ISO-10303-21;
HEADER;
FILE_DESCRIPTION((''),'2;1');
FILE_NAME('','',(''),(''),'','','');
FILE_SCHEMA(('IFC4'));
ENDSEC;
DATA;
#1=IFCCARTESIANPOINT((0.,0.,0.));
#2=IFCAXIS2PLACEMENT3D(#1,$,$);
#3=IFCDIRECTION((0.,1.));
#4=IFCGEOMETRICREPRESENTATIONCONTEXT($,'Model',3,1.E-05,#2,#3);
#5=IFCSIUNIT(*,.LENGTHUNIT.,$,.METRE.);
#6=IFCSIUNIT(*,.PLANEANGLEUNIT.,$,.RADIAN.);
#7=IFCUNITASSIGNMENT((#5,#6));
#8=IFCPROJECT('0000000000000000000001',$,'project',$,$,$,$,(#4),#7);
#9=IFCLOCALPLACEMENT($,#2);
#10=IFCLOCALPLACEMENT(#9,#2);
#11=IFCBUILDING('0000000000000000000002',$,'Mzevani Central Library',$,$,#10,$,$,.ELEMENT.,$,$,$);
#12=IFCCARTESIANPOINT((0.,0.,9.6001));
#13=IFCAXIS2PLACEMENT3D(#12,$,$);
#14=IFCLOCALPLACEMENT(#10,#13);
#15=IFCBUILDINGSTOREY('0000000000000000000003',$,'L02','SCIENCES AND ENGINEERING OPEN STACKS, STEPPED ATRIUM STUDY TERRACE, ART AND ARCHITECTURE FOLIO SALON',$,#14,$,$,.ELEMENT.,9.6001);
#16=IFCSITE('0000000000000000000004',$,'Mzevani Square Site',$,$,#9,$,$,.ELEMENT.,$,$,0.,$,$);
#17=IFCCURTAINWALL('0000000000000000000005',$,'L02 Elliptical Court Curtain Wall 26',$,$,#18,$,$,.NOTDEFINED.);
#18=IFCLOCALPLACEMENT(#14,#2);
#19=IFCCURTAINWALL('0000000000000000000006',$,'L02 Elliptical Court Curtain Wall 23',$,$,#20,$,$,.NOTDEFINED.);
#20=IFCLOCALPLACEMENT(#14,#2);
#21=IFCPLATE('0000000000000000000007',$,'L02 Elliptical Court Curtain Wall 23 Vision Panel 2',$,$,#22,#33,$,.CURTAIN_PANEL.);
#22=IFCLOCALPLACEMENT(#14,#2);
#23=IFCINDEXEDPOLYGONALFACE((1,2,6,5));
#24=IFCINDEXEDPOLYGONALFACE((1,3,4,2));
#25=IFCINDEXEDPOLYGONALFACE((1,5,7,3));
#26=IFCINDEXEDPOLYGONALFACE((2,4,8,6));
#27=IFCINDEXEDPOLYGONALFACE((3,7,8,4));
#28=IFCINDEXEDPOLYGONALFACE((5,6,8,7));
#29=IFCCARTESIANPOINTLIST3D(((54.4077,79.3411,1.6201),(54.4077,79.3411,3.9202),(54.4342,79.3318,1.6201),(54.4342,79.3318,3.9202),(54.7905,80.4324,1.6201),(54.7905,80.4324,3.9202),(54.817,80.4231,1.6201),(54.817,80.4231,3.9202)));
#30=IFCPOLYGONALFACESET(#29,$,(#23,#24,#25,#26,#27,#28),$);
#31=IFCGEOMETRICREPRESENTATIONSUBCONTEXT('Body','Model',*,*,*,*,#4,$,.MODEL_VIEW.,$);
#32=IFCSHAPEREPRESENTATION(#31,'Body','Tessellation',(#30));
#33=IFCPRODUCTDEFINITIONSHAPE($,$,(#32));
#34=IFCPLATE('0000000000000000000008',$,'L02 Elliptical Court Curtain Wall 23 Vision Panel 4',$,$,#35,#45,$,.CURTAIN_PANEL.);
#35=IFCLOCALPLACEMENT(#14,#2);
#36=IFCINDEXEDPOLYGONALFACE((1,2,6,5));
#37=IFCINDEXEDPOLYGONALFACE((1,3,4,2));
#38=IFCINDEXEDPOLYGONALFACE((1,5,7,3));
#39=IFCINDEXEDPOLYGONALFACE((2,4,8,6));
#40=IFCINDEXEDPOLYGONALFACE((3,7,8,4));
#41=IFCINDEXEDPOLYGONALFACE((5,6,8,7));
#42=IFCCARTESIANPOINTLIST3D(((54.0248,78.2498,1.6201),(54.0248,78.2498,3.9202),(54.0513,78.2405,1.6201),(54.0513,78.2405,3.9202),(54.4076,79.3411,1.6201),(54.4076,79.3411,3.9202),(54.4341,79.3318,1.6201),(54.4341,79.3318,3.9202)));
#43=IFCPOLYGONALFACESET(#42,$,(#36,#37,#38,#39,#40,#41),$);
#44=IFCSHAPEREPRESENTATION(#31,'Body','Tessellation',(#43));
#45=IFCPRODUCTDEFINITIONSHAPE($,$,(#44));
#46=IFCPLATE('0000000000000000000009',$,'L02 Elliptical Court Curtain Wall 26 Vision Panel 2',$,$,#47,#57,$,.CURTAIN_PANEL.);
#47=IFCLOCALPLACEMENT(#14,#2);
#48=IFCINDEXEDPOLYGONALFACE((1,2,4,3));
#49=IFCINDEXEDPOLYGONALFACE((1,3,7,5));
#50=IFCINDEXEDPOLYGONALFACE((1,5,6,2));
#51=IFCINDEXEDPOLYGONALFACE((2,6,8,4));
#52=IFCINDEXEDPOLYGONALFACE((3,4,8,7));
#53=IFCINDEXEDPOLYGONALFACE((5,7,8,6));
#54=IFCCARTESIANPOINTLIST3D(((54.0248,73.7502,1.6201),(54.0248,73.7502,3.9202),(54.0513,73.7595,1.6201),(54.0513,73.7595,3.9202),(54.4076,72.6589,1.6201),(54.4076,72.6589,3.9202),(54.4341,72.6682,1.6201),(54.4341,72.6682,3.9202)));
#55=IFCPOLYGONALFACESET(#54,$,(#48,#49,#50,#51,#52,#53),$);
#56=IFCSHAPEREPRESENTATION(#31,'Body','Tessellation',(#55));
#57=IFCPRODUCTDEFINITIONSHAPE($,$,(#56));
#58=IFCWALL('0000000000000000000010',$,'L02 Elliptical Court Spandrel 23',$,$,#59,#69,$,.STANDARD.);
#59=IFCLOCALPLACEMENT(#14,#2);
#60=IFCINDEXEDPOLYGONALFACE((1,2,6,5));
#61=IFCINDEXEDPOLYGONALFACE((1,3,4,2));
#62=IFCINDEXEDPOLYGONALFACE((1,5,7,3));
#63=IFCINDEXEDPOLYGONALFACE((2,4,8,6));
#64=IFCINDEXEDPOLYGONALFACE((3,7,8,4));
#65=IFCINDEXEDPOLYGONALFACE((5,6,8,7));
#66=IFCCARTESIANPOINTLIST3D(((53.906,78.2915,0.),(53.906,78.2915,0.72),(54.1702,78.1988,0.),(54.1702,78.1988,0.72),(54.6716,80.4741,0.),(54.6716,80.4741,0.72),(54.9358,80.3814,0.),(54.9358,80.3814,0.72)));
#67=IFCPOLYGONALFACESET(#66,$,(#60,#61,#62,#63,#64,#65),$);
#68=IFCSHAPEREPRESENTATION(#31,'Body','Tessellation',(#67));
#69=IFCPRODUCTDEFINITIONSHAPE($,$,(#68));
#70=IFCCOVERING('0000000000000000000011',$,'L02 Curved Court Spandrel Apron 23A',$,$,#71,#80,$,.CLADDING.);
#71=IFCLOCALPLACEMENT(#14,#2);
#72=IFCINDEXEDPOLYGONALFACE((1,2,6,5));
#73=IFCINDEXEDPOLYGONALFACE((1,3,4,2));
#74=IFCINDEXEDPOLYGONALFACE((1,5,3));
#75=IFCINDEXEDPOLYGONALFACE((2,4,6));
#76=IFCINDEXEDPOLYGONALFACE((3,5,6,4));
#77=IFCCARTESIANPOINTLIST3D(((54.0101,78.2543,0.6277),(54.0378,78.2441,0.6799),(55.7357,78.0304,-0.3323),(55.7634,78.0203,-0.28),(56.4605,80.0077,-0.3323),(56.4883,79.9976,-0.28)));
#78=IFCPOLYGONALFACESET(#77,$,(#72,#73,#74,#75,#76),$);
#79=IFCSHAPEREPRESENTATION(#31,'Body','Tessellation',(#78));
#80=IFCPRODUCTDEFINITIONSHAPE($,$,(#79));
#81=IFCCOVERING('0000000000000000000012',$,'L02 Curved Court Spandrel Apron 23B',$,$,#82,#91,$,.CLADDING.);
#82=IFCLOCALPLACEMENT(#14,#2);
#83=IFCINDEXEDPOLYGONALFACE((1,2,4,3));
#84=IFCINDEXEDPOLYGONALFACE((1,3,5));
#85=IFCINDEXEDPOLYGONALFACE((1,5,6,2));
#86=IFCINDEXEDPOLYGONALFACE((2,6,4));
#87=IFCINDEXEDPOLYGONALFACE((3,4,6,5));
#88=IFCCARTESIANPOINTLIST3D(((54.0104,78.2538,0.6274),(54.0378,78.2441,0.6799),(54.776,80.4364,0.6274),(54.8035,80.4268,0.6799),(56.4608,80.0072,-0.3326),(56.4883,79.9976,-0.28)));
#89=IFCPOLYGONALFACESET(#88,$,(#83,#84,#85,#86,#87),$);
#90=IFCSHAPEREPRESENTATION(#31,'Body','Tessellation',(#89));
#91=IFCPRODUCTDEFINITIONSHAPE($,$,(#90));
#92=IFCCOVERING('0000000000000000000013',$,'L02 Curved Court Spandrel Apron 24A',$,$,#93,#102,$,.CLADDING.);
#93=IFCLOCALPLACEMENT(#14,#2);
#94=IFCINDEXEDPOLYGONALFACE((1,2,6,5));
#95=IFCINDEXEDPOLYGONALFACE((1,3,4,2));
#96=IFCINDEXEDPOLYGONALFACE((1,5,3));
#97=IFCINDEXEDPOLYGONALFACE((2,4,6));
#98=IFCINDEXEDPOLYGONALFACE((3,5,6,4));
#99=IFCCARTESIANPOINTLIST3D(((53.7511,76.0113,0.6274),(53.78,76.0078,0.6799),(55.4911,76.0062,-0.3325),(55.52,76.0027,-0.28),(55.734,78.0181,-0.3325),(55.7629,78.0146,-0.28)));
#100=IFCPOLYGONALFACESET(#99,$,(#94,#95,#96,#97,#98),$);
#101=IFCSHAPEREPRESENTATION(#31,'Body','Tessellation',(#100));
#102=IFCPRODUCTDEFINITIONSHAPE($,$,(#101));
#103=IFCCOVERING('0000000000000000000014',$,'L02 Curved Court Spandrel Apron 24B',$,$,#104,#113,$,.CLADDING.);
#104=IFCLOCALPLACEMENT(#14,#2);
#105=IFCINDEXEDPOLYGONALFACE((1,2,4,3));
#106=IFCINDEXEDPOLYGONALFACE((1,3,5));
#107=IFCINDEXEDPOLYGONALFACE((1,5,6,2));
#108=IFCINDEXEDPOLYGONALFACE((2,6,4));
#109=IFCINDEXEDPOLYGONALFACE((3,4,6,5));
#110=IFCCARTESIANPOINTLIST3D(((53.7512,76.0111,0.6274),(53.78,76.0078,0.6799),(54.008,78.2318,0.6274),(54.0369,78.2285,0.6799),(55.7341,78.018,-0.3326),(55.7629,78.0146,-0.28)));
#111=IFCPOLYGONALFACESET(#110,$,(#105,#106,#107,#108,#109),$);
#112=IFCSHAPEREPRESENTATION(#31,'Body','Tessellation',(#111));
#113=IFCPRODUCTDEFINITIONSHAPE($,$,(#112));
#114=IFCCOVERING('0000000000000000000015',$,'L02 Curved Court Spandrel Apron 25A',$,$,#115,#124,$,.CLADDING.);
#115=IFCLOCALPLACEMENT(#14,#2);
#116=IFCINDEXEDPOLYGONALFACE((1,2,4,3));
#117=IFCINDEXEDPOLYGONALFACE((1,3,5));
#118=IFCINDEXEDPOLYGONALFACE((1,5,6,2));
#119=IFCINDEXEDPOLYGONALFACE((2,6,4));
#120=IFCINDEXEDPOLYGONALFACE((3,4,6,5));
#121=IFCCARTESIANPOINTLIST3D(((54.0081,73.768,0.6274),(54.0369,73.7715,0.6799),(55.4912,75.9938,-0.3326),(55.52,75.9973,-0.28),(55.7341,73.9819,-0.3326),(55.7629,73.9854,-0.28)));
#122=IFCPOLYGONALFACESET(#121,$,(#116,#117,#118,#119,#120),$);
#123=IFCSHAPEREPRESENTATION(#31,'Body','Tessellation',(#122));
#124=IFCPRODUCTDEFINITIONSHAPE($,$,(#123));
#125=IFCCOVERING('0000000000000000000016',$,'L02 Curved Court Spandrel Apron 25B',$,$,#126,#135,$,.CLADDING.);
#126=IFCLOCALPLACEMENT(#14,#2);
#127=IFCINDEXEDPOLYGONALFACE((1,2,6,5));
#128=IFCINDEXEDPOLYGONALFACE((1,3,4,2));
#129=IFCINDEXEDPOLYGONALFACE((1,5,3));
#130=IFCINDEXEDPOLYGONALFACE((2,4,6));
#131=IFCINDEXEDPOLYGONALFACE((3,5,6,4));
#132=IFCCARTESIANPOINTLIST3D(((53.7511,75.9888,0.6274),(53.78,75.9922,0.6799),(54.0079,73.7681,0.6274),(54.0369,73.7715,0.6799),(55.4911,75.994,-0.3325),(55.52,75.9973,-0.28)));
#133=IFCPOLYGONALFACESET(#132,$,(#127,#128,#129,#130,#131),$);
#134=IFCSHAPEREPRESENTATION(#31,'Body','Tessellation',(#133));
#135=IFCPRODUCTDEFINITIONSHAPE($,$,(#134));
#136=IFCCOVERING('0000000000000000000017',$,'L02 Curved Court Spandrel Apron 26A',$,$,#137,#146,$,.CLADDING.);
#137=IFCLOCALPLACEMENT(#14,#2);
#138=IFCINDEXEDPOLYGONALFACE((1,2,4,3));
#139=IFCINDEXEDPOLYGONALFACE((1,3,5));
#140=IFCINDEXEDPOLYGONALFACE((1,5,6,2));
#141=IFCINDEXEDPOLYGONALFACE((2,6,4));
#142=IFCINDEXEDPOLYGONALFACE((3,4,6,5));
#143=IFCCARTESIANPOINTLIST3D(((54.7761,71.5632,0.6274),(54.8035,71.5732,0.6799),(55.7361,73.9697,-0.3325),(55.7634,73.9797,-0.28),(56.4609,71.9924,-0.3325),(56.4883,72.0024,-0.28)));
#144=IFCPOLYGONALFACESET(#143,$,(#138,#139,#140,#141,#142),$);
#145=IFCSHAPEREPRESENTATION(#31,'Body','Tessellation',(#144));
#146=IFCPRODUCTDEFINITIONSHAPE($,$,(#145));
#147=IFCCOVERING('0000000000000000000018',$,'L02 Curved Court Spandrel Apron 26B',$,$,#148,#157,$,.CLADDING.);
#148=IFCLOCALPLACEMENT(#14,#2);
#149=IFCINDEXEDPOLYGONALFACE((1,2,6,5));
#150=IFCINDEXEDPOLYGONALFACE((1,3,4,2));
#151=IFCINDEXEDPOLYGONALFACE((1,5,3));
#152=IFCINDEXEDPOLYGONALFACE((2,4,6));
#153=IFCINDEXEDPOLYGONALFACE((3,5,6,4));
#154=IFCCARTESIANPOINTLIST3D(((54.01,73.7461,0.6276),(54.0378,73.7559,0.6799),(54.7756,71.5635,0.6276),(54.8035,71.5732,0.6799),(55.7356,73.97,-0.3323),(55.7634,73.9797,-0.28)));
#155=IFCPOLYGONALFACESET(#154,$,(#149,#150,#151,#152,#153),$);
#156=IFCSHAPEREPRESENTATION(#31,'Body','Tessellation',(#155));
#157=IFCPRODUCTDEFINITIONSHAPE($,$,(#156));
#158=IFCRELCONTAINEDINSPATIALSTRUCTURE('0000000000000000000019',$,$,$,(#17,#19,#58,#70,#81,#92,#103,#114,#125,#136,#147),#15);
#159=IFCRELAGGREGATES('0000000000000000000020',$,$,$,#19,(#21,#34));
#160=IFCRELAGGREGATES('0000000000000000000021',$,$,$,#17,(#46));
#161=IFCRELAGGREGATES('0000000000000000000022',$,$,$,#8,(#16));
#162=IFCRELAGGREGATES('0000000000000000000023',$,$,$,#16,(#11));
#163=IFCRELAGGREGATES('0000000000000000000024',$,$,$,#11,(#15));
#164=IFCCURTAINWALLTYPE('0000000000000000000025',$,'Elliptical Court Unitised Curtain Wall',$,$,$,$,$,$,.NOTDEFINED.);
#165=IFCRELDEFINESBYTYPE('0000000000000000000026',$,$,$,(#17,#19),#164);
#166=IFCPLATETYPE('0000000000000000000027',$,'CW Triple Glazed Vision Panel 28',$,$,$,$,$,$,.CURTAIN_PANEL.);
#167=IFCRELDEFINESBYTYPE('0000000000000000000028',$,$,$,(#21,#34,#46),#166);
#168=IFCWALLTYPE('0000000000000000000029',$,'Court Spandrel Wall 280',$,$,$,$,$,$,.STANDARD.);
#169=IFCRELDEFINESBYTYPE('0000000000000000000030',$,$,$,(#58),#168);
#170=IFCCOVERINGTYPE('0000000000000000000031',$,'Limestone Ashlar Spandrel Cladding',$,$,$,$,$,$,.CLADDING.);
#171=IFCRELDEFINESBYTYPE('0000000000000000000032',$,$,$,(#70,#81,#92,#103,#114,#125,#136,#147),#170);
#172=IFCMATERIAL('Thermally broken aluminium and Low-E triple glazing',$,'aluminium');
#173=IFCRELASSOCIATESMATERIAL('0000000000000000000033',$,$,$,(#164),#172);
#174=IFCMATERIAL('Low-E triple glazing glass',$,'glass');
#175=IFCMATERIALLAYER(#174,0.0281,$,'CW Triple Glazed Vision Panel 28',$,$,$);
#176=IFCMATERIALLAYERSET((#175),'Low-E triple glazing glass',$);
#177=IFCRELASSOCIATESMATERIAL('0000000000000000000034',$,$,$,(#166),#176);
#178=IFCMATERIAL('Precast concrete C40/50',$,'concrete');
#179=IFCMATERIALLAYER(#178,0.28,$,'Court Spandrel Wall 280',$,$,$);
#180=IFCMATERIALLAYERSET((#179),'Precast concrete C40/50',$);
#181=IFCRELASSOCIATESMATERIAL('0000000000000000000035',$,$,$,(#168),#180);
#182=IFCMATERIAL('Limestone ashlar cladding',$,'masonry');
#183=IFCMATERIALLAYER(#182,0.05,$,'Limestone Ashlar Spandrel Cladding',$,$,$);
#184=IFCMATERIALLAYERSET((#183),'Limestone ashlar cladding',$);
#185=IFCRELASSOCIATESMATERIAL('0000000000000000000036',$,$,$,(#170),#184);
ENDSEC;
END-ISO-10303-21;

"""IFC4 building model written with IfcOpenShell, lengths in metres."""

from ifc_helpers import new_model, si_unit, direction, frame, frame_2d, origin, origin_2d, place, context, subcontext, project, spatial, polyline, rectangle, outline, extrude, material, layer, layer_set, type_object, element, aggregate, save


model = new_model("IFC4")

# Units and contexts
model_context = context("Model", 3, precision=1e-05, world=origin(), true_north=direction((0.0, 1.0)))
body_context = subcontext(model_context, "Body", "Model", "MODEL_VIEW")
ifc_project = project(units=[si_unit("LENGTHUNIT", "METRE"), si_unit("PLANEANGLEUNIT", "RADIAN")], contexts=[model_context])

# Site, building, storey
site_placement = place(None, origin())
site = spatial("IfcSite", under=ifc_project, at=site_placement, Name="Mzevani Square Site", CompositionType="ELEMENT", RefElevation=0.0)
building_placement = place(site_placement, origin())
building = spatial("IfcBuilding", under=site, at=building_placement, Name="Mzevani Central Library", CompositionType="ELEMENT")
storey_placement = place(building_placement, frame((0.0, 0.0, 9.6001)))
storey = spatial("IfcBuildingStorey", under=building, at=storey_placement, Name="L02", Description="SCIENCES AND ENGINEERING OPEN STACKS, STEPPED ATRIUM STUDY TERRACE, ART AND ARCHITECTURE FOLIO SALON", CompositionType="ELEMENT", Elevation=9.6001)

# Curtain wall
ifc_material_1 = material(Name="Thermally broken aluminium and Low-E triple glazing", Category="aluminium")
curtain_wall_type = type_object("IfcCurtainWallType", Name="Elliptical Court Unitised Curtain Wall", PredefinedType="NOTDEFINED", material=ifc_material_1)
curtain_wall_1_placement = place(storey_placement, origin())
curtain_wall_1 = element("IfcCurtainWall", 1, at=curtain_wall_1_placement, inside=storey, type_object=curtain_wall_type, Name="L02 Elliptical Court Curtain Wall 26", PredefinedType="NOTDEFINED")

# Curtain wall
curtain_wall_2_placement = place(storey_placement, origin())
curtain_wall_2 = element("IfcCurtainWall", 2, at=curtain_wall_2_placement, inside=storey, type_object=curtain_wall_type, Name="L02 Elliptical Court Curtain Wall 23", PredefinedType="NOTDEFINED")

# Plates
ifc_material_2 = material(Name="Low-E triple glazing glass", Category="glass")
ifc_layer_1 = layer(ifc_material_2, 0.0281, Name="CW Triple Glazed Vision Panel 28")
ifc_layer_set_1 = layer_set([ifc_layer_1], Name="Low-E triple glazing glass")
plate_type_1 = type_object("IfcPlateType", Name="CW Triple Glazed Vision Panel 28", PredefinedType="CURTAIN_PANEL", material=ifc_layer_set_1)
plate_1_placement = place(storey_placement, frame((54.6123, 79.8821, 1.6201), z_axis=(0.0, 0.0, 1.0), x_axis=(-0.331002, -0.94363, 0.0)))
plate_1 = element("IfcPlate", 3, at=plate_1_placement, type_object=plate_type_1, Name="L02 Elliptical Court Curtain Wall 23 Vision Panel 2", PredefinedType="CURTAIN_PANEL", context=body_context, shape_type="SweptSolid", body=[
    extrude(rectangle(XDim=1.1565, YDim=0.0281, at=origin_2d()), origin(), (0.0, 0.0, 1.0), 2.3),
])
plate_2_placement = place(storey_placement, frame((54.2295, 78.7908, 1.6201), z_axis=(0.0, 0.0, 1.0), x_axis=(-0.331002, -0.94363, 0.0)))
plate_2 = element("IfcPlate", 4, at=plate_2_placement, type_object=plate_type_1, Name="L02 Elliptical Court Curtain Wall 23 Vision Panel 4", PredefinedType="CURTAIN_PANEL", context=body_context, shape_type="SweptSolid", body=[
    extrude(rectangle(XDim=1.1565, YDim=0.0281, at=origin_2d()), origin(), (0.0, 0.0, 1.0), 2.3),
])
aggregate(curtain_wall_2, [plate_1, plate_2])
plate_3_placement = place(storey_placement, frame((54.2295, 73.2092, 1.6201), z_axis=(0.0, 0.0, 1.0), x_axis=(0.331002, -0.94363, 0.0)))
plate_3 = element("IfcPlate", 5, at=plate_3_placement, type_object=plate_type_1, Name="L02 Elliptical Court Curtain Wall 26 Vision Panel 2", PredefinedType="CURTAIN_PANEL", context=body_context, shape_type="SweptSolid", body=[
    extrude(rectangle(XDim=1.1565, YDim=0.0281, at=origin_2d()), origin(), (0.0, 0.0, 1.0), 2.3),
])
aggregate(curtain_wall_1, [plate_3])

# Wall
ifc_material_3 = material(Name="Precast concrete C40/50", Category="concrete")
ifc_layer_2 = layer(ifc_material_3, 0.28, Name="Court Spandrel Wall 280")
ifc_layer_set_2 = layer_set([ifc_layer_2], Name="Precast concrete C40/50")
wall_type = type_object("IfcWallType", Name="Court Spandrel Wall 280", PredefinedType="STANDARD", material=ifc_layer_set_2)
wall_placement = place(storey_placement, frame((54.8037, 80.4277, 0.0), z_axis=(0.0, 0.0, 1.0), x_axis=(-0.331009, -0.943628, 0.0)))
element("IfcWall", 6, at=wall_placement, inside=storey, type_object=wall_type, Name="L02 Elliptical Court Spandrel 23", PredefinedType="STANDARD", context=body_context, shape_type="SweptSolid", body=[
    extrude(rectangle(XDim=2.313, YDim=0.28, at=frame_2d((1.1565, 0.0))), origin(), (0.0, 0.0, 1.0), 0.72),
])

# Coverings
ifc_material_4 = material(Name="Limestone ashlar cladding", Category="masonry")
ifc_layer_3 = layer(ifc_material_4, 0.05, Name="Limestone Ashlar Spandrel Cladding")
ifc_layer_set_3 = layer_set([ifc_layer_3], Name="Limestone ashlar cladding")
covering_type = type_object("IfcCoveringType", Name="Limestone Ashlar Spandrel Cladding", PredefinedType="CLADDING", material=ifc_layer_set_3)
covering_1_placement = place(storey_placement, frame((56.4883, 79.9976, -0.28), z_axis=(0.462237, -0.169451, 0.870416), x_axis=(-0.34419, -0.9389, 0.0)))
element("IfcCovering", 7, at=covering_1_placement, inside=storey, type_object=covering_type, Name="L02 Curved Court Spandrel Apron 23A", PredefinedType="CLADDING", context=body_context, shape_type="SweptSolid", body=[
    extrude(outline(polyline([(0.0, 0.0), (2.106, 0.0), (2.4897, -1.9499), (0.0, 0.0)])), origin(), (0.0, 0.0, -1.0), 0.0601),
])
covering_2_placement = place(storey_placement, frame((56.4883, 79.9976, -0.28), z_axis=(0.457461, -0.16047, 0.87463), x_axis=(-0.774872, -0.554461, 0.303556)))
element("IfcCovering", 8, at=covering_2_placement, inside=storey, type_object=covering_type, Name="L02 Curved Court Spandrel Apron 23B", PredefinedType="CLADDING", context=body_context, shape_type="SweptSolid", body=[
    extrude(outline(polyline([(0.0, 0.0), (3.1624, 0.0), (1.3589, -1.4483), (0.0, 0.0)])), origin(), (0.0, 0.0, -1.0), 0.0601),
])
covering_3_placement = place(storey_placement, frame((55.7629, 78.0146, -0.28), z_axis=(0.482114, -0.058209, 0.874173), x_axis=(-0.119867, -0.99279, 0.0)))
element("IfcCovering", 9, at=covering_3_placement, inside=storey, type_object=covering_type, Name="L02 Curved Court Spandrel Apron 24A", PredefinedType="CLADDING", context=body_context, shape_type="SweptSolid", body=[
    extrude(outline(polyline([(0.0, 0.0), (2.0266, 0.0), (2.2301, -1.9768), (0.0, 0.0)])), origin(), (0.0, 0.0, -1.0), 0.0601),
])
covering_4_placement = place(storey_placement, frame((55.7629, 78.0146, -0.28), z_axis=(0.480029, -0.055518, 0.875494), x_axis=(-0.665389, -0.673418, 0.322126)))
element("IfcCovering", 10, at=covering_4_placement, inside=storey, type_object=covering_type, Name="L02 Curved Court Spandrel Apron 24B", PredefinedType="CLADDING", context=body_context, shape_type="SweptSolid", body=[
    extrude(outline(polyline([(0.0, 0.0), (2.9801, 0.0), (1.3137, -1.4902), (0.0, 0.0)])), origin(), (0.0, 0.0, -1.0), 0.0601),
])
covering_5_placement = place(storey_placement, frame((55.52, 75.9973, -0.28), z_axis=(0.479735, 0.057922, 0.8755), x_axis=(0.119867, -0.99279, 0.0)))
element("IfcCovering", 11, at=covering_5_placement, inside=storey, type_object=covering_type, Name="L02 Curved Court Spandrel Apron 25A", PredefinedType="CLADDING", context=body_context, shape_type="SweptSolid", body=[
    extrude(outline(polyline([(0.0, 0.0), (2.0266, 0.0), (2.032, -1.9866), (0.0, 0.0)])), origin(), (0.0, 0.0, -1.0), 0.0601),
])
covering_6_placement = place(storey_placement, frame((55.52, 75.9973, -0.28), z_axis=(0.482187, 0.055767, 0.874292), x_axis=(-0.521914, -0.783258, 0.337805)))
element("IfcCovering", 12, at=covering_6_placement, inside=storey, type_object=covering_type, Name="L02 Curved Court Spandrel Apron 25B", PredefinedType="CLADDING", context=body_context, shape_type="SweptSolid", body=[
    extrude(outline(polyline([(0.0, 0.0), (2.8418, 0.0), (1.2364, -1.5558), (0.0, 0.0)])), origin(), (0.0, 0.0, -1.0), 0.0601),
])
covering_7_placement = place(storey_placement, frame((55.7634, 73.9797, -0.28), z_axis=(0.455634, 0.16703, 0.874356), x_axis=(0.34419, -0.9389, 0.0)))
element("IfcCovering", 13, at=covering_7_placement, inside=storey, type_object=covering_type, Name="L02 Curved Court Spandrel Apron 26A", PredefinedType="CLADDING", context=body_context, shape_type="SweptSolid", body=[
    extrude(outline(polyline([(0.0, 0.0), (2.106, 0.0), (1.929, -1.9781), (0.0, 0.0)])), origin(), (0.0, 0.0, -1.0), 0.0601),
])
covering_8_placement = place(storey_placement, frame((55.7634, 73.9797, -0.28), z_axis=(0.463486, 0.162583, 0.871061), x_axis=(-0.347432, -0.870966, 0.347432)))
element("IfcCovering", 14, at=covering_8_placement, inside=storey, type_object=covering_type, Name="L02 Curved Court Spandrel Apron 26B", PredefinedType="CLADDING", context=body_context, shape_type="SweptSolid", body=[
    extrude(outline(polyline([(0.0, 0.0), (2.763, 0.0), (1.128, -1.6361), (0.0, 0.0)])), origin(), (0.0, 0.0, -1.0), 0.0601),
])

save(model, "model.ifc")
